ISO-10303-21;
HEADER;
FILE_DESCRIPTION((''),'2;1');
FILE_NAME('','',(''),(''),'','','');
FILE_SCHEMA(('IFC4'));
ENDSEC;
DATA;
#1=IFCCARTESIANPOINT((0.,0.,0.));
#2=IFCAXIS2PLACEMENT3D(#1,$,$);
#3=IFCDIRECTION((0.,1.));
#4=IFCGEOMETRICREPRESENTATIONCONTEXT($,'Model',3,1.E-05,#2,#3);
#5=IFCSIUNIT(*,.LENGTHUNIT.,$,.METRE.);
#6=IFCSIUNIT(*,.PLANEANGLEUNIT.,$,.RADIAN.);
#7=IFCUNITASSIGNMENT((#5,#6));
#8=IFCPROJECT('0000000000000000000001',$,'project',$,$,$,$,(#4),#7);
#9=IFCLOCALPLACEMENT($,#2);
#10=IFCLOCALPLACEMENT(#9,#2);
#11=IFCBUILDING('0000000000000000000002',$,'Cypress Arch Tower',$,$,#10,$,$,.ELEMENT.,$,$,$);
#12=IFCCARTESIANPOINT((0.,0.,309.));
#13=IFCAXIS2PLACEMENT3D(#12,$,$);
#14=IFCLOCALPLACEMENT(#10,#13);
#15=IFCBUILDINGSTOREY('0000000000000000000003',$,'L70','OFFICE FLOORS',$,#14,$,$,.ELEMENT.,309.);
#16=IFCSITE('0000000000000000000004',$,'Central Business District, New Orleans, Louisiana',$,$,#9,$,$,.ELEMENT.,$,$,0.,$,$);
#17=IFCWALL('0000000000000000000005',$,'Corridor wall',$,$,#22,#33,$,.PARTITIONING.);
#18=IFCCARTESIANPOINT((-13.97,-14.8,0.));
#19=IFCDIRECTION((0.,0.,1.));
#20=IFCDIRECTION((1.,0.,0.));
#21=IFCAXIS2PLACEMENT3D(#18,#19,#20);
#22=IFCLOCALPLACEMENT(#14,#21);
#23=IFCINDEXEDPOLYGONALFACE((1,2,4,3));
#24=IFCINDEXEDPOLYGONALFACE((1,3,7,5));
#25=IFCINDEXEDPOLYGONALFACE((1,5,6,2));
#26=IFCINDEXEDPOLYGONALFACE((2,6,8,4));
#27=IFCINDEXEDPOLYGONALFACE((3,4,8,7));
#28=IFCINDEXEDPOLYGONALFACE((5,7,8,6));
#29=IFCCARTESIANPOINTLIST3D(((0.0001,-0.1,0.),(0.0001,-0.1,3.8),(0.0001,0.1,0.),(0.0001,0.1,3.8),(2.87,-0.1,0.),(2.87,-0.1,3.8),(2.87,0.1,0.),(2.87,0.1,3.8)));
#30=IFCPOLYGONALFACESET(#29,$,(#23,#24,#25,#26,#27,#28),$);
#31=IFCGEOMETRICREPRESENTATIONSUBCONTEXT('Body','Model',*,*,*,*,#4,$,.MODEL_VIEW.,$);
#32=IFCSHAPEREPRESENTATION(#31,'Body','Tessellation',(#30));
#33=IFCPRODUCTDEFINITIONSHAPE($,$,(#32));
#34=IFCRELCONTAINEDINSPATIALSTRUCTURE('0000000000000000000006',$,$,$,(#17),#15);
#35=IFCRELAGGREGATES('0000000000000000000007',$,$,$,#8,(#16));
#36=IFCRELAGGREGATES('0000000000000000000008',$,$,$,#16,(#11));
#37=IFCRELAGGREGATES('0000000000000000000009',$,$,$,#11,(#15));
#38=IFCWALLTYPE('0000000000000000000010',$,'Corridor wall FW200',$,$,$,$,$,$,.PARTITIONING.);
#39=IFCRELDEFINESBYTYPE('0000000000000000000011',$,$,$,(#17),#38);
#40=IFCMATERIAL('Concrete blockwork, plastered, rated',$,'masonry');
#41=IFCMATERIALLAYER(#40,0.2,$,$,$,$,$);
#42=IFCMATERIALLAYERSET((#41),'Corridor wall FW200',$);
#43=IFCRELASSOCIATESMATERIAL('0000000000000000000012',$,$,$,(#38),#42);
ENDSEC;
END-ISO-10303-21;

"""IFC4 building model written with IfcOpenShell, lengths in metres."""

from ifc_helpers import new_model, si_unit, direction, frame, frame_2d, origin, place, context, subcontext, project, spatial, rectangle, extrude, material, layer, layer_set, type_object, element, save


model = new_model("IFC4")

# Units and contexts
model_context = context("Model", 3, precision=1e-05, world=origin(), true_north=direction((0.0, 1.0)))
body_context = subcontext(model_context, "Body", "Model", "MODEL_VIEW")
ifc_project = project(units=[si_unit("LENGTHUNIT", "METRE"), si_unit("PLANEANGLEUNIT", "RADIAN")], contexts=[model_context])

# Site, building, storey
site_placement = place(None, origin())
site = spatial("IfcSite", under=ifc_project, at=site_placement, Name="Central Business District, New Orleans, Louisiana", CompositionType="ELEMENT", RefElevation=0.0)
building_placement = place(site_placement, origin())
building = spatial("IfcBuilding", under=site, at=building_placement, Name="Cypress Arch Tower", CompositionType="ELEMENT")
storey_placement = place(building_placement, frame((0.0, 0.0, 309.0)))
storey = spatial("IfcBuildingStorey", under=building, at=storey_placement, Name="L70", Description="OFFICE FLOORS", CompositionType="ELEMENT", Elevation=309.0)

# Wall
ifc_material_1 = material(Name="Concrete blockwork, plastered, rated", Category="masonry")
ifc_layer_1 = layer(ifc_material_1, 0.2)
ifc_layer_set_1 = layer_set([ifc_layer_1], Name="Corridor wall FW200")
wall_type_1 = type_object("IfcWallType", Name="Corridor wall FW200", PredefinedType="PARTITIONING", material=ifc_layer_set_1)
wall_1_placement = place(storey_placement, frame((-13.97, -14.8, 0.0), z_axis=(0.0, 0.0, 1.0), x_axis=(1.0, 0.0, 0.0)))
element("IfcWall", 1, at=wall_1_placement, inside=storey, type_object=wall_type_1, Name="Corridor wall", PredefinedType="PARTITIONING", context=body_context, shape_type="SweptSolid", body=[
    extrude(rectangle(XDim=2.8699, YDim=0.2, at=frame_2d((1.4351, 0.0))), origin(), (0.0, 0.0, 1.0), 3.8),
])

save(model, "model.ifc")
